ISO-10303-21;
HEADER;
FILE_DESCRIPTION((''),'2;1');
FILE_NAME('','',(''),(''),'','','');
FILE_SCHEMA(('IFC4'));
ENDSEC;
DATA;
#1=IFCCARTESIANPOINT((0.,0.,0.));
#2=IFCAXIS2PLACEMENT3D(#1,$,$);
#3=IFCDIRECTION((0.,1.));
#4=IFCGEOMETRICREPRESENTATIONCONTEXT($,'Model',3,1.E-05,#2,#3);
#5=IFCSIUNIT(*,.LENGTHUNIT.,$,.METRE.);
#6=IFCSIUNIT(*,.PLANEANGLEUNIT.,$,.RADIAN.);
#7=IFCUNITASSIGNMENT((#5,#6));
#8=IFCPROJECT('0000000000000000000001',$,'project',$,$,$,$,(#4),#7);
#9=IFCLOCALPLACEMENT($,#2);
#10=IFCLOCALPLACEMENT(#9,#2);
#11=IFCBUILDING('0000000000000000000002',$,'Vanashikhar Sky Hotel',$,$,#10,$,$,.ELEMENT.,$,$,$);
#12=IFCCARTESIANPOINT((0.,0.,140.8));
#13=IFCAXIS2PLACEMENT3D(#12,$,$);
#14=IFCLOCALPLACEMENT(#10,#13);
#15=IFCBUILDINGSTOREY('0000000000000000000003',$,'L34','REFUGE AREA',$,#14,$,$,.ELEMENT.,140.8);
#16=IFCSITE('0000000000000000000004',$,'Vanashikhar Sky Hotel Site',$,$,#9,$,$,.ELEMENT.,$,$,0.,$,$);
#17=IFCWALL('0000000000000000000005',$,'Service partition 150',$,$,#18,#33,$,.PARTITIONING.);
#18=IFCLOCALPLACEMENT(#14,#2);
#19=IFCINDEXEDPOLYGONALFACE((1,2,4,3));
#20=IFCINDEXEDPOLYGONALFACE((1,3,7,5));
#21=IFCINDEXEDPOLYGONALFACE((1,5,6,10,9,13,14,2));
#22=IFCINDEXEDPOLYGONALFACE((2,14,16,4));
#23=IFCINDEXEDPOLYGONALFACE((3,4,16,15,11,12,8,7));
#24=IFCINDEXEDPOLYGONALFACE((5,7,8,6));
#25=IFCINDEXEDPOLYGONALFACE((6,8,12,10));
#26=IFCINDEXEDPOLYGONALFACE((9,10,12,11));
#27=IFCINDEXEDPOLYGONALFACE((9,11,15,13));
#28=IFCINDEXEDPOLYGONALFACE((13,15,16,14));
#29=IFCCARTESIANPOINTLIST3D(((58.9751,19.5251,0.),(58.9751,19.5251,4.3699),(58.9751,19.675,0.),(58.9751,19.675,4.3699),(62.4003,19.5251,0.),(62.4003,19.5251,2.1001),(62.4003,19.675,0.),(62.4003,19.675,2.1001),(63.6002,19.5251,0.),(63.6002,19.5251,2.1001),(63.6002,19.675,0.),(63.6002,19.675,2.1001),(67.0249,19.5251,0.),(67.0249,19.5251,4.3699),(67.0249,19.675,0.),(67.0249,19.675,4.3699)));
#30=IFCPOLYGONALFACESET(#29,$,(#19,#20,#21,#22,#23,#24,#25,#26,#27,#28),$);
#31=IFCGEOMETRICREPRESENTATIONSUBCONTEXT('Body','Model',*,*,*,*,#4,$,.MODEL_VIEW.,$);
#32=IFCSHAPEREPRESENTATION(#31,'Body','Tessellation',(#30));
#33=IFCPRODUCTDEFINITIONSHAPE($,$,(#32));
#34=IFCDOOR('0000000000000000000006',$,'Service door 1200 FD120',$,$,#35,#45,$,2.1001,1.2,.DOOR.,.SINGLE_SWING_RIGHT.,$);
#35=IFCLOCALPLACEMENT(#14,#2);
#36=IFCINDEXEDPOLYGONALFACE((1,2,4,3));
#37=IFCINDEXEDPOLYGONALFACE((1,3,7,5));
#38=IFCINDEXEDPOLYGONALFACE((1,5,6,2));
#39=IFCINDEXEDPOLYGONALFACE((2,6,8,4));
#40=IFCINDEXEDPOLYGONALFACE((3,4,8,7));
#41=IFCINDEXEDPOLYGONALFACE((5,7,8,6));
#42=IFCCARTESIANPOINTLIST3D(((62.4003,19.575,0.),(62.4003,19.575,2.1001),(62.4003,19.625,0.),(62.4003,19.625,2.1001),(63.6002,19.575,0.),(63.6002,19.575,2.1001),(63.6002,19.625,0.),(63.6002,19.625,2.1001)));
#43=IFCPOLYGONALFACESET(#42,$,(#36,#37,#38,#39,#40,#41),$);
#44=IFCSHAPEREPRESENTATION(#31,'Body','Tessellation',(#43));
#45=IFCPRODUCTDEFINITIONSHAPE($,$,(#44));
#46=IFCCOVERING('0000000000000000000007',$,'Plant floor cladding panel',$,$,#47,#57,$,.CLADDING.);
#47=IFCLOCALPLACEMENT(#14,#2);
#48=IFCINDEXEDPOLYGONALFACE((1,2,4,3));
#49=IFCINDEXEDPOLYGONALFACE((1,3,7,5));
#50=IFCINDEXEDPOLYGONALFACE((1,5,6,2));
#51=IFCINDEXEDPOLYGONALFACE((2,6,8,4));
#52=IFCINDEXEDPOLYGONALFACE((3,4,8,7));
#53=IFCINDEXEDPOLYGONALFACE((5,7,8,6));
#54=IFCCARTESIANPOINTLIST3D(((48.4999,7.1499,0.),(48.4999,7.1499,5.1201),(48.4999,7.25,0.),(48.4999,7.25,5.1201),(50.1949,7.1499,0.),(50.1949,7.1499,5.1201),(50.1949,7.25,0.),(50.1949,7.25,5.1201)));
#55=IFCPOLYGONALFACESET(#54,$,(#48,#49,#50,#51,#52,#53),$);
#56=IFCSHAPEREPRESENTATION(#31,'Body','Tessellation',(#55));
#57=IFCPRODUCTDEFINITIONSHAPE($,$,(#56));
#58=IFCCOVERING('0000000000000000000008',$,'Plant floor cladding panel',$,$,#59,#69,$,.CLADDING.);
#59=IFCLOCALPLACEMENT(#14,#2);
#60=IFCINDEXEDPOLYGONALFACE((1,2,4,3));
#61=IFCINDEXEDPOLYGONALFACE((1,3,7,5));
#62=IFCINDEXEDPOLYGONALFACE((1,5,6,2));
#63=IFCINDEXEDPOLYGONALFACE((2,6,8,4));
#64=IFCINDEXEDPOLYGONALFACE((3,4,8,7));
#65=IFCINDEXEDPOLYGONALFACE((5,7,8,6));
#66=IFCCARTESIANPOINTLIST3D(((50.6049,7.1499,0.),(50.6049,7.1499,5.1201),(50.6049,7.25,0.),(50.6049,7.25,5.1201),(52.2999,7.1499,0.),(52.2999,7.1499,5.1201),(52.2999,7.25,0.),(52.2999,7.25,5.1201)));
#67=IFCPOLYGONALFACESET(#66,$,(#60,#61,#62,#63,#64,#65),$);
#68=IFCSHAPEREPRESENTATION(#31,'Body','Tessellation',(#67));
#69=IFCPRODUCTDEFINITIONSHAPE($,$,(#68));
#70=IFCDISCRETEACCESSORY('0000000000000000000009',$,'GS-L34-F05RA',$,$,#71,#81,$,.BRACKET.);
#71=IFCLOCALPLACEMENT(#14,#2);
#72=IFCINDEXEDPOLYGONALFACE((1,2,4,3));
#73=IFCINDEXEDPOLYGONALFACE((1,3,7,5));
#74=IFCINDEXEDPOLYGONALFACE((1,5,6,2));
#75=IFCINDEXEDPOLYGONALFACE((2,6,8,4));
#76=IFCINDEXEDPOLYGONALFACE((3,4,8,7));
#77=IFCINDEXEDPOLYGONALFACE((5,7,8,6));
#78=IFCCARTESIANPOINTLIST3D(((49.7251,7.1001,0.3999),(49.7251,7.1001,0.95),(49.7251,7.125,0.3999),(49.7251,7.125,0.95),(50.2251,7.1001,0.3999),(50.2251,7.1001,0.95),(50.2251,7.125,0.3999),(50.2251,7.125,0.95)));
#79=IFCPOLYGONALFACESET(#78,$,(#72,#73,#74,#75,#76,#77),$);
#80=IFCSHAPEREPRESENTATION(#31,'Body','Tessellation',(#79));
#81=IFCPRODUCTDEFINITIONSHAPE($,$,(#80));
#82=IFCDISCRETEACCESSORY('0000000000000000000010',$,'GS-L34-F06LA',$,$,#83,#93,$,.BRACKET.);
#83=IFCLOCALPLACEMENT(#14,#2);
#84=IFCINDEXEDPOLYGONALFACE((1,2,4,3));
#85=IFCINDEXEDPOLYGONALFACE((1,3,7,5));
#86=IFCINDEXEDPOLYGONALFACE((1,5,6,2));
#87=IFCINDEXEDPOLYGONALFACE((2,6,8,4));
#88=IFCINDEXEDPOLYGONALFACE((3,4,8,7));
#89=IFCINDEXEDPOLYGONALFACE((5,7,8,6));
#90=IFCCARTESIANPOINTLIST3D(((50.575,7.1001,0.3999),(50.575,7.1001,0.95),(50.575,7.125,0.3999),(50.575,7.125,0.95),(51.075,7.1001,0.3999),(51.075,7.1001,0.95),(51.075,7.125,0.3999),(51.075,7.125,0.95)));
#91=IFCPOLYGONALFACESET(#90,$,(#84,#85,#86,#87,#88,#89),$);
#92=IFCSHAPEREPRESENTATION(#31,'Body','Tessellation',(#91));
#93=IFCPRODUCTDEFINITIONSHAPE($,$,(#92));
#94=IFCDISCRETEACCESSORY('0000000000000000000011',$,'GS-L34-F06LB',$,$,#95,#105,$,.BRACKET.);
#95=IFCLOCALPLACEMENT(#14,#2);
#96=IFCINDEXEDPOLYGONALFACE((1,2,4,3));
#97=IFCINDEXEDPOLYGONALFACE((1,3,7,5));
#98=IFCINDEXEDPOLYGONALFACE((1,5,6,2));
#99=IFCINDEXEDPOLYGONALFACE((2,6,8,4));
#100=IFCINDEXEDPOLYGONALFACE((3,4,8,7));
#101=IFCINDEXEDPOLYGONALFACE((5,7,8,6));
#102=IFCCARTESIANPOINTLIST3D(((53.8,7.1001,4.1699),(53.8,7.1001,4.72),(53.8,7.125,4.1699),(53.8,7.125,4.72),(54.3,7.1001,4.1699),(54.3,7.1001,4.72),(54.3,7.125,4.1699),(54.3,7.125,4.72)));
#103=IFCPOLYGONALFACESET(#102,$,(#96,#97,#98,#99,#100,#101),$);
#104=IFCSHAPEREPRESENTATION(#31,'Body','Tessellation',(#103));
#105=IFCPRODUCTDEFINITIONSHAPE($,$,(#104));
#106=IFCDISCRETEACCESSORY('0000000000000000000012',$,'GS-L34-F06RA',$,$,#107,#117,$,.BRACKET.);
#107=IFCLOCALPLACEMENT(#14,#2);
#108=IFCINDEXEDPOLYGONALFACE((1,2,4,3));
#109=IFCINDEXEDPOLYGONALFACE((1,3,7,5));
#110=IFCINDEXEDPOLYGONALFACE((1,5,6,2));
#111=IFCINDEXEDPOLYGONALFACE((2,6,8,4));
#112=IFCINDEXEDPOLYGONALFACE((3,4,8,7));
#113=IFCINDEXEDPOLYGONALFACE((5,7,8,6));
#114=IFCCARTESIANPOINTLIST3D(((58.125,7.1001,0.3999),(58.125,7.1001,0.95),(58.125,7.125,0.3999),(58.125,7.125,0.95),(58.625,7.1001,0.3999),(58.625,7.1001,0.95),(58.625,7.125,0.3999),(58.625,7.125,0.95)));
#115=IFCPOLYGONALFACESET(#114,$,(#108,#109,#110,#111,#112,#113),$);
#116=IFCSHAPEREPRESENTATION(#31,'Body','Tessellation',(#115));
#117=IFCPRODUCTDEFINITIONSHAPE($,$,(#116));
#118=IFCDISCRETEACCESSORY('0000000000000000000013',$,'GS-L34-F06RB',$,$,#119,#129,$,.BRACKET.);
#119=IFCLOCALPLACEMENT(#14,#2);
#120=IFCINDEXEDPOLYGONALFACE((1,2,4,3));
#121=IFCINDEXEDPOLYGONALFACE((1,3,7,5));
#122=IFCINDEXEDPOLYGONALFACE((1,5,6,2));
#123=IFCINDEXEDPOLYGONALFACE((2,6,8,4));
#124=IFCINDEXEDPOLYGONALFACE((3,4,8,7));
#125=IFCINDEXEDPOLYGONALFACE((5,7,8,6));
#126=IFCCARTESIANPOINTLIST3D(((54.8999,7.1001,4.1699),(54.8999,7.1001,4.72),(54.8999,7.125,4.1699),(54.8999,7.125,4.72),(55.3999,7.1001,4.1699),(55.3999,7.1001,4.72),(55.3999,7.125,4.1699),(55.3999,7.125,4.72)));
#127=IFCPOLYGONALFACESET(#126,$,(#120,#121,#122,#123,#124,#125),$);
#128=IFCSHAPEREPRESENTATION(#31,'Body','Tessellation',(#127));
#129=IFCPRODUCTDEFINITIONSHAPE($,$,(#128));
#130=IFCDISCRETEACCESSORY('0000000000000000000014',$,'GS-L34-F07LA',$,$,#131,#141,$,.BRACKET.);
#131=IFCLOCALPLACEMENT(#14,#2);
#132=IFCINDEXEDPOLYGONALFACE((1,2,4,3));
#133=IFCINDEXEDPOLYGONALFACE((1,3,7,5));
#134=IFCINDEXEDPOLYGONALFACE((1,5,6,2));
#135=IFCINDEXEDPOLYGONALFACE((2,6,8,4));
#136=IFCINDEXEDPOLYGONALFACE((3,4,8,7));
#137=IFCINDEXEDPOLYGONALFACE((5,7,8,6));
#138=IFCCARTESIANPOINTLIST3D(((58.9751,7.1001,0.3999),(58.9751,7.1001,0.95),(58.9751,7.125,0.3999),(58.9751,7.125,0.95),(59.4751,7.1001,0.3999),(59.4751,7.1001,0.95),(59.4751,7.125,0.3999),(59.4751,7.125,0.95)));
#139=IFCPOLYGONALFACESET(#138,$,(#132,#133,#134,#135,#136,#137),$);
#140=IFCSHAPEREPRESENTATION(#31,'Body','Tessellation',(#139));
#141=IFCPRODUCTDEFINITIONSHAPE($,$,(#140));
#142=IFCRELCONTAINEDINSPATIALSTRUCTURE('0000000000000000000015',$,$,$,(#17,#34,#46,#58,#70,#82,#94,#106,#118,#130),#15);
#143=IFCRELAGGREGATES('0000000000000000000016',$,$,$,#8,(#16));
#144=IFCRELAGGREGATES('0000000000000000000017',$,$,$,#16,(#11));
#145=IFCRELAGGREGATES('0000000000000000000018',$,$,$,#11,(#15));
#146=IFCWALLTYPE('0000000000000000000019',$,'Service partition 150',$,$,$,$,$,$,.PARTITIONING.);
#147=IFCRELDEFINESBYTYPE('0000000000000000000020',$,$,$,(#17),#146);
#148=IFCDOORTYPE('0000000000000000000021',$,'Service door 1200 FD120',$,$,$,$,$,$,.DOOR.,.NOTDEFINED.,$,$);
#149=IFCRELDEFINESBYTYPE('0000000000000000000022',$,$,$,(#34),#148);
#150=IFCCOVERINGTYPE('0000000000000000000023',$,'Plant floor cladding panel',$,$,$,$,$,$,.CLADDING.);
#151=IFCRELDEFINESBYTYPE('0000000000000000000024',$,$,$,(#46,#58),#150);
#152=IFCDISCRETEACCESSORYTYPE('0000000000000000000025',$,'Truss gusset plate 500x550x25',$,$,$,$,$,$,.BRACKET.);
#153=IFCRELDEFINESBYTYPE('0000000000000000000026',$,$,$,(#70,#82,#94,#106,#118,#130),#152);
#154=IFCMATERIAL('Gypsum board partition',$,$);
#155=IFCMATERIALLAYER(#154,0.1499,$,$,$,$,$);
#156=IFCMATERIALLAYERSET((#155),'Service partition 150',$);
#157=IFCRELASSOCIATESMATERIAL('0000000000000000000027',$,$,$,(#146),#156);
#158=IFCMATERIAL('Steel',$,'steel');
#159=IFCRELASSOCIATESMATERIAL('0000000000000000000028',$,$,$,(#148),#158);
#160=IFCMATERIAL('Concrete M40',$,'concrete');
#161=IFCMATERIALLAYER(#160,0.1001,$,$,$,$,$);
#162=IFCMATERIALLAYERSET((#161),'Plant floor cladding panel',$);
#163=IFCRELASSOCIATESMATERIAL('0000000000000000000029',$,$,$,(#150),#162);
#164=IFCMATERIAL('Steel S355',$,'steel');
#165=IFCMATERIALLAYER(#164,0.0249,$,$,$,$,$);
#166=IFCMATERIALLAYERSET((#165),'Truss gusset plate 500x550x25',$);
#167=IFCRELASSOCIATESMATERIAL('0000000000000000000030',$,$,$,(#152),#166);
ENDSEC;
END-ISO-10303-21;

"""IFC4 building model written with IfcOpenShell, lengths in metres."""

from ifc_helpers import new_model, si_unit, direction, frame, frame_2d, origin, origin_2d, place, context, subcontext, project, spatial, rectangle, extrude, source, transform, mapped, material, layer, layer_set, type_object, element, fill, save


model = new_model("IFC4")

# Units and contexts
model_context = context("Model", 3, precision=1e-05, world=origin(), true_north=direction((0.0, 1.0)))
body_context = subcontext(model_context, "Body", "Model", "MODEL_VIEW")
ifc_project = project(units=[si_unit("LENGTHUNIT", "METRE"), si_unit("PLANEANGLEUNIT", "RADIAN")], contexts=[model_context])

# Site, building, storey
site_placement = place(None, origin())
site = spatial("IfcSite", under=ifc_project, at=site_placement, Name="Vanashikhar Sky Hotel Site", CompositionType="ELEMENT", RefElevation=0.0)
building_placement = place(site_placement, origin())
building = spatial("IfcBuilding", under=site, at=building_placement, Name="Vanashikhar Sky Hotel", CompositionType="ELEMENT")
storey_placement = place(building_placement, frame((0.0, 0.0, 140.8)))
storey = spatial("IfcBuildingStorey", under=building, at=storey_placement, Name="L34", Description="REFUGE AREA", CompositionType="ELEMENT", Elevation=140.8)

# Shared definitions
ifc_material_1 = material(Name="Steel", Category="steel")

# Shared definitions
ifc_material_2 = material(Name="Concrete M40", Category="concrete")

# Wall, opening, door
ifc_material_3 = material(Name="Gypsum board partition")
ifc_layer_1 = layer(ifc_material_3, 0.1499)
ifc_layer_set_1 = layer_set([ifc_layer_1], Name="Service partition 150")
wall_type_1 = type_object("IfcWallType", Name="Service partition 150", PredefinedType="PARTITIONING", material=ifc_layer_set_1)
shared_shape_1 = source(origin(), body_context, "Body", "SweptSolid", [
    extrude(rectangle(XDim=1.2, YDim=2.1001, at=frame_2d((0.6001, 1.05))), frame((0.0, 0.085, 0.0), z_axis=(0.0, -1.0, 0.0), x_axis=(1.0, 0.0, 0.0)), (0.0, 0.0, 1.0), 0.1699),
])
door_type_1 = type_object("IfcDoorType", Name="Service door 1200 FD120", OperationType="NOTDEFINED", PredefinedType="DOOR", material=ifc_material_1)
shared_shape_2 = source(origin(), body_context, "Body", "SweptSolid", [
    extrude(rectangle(XDim=1.2, YDim=2.1001, at=frame_2d((0.6001, 1.05))), frame((0.0, 0.0249, 0.0), z_axis=(0.0, -1.0, 0.0), x_axis=(1.0, 0.0, 0.0)), (0.0, 0.0, 1.0), 0.05),
])
shared_shape_3 = source(origin(), body_context, "Body", "SweptSolid", [
    extrude(rectangle(XDim=8.0498, YDim=0.1499, at=frame_2d((4.0249, 0.0))), origin(), (0.0, 0.0, 1.0), 4.3699),
])
wall_1_placement = place(storey_placement, frame((58.9751, 19.6001, 0.0), z_axis=(0.0, 0.0, 1.0), x_axis=(1.0, 0.0, 0.0)))
wall_1 = element("IfcWall", 1, at=wall_1_placement, inside=storey, type_object=wall_type_1, Name="Service partition 150", PredefinedType="PARTITIONING", context=body_context, shape_type="MappedRepresentation", body=[
    mapped(shared_shape_3, transform((0.0, 0.0, 0.0), scale=1.0)),
])
opening_1_placement = place(wall_1_placement, frame((3.425, 0.0, 0.0)))
opening_1 = element("IfcOpeningElement", 2, at=opening_1_placement, cuts=wall_1, PredefinedType="OPENING", context=body_context, shape_type="MappedRepresentation", body=[
    mapped(shared_shape_1, transform((0.0, 0.0, 0.0), scale=1.0)),
])
door_1_placement = place(opening_1_placement, origin())
door_1 = element("IfcDoor", 3, at=door_1_placement, inside=storey, type_object=door_type_1, Name="Service door 1200 FD120", OperationType="SINGLE_SWING_RIGHT", OverallHeight=2.1001, OverallWidth=1.2, PredefinedType="DOOR", context=body_context, shape_type="MappedRepresentation", body=[
    mapped(shared_shape_2, transform((0.0, 0.0, 0.0), scale=1.0)),
])
fill(opening_1, door_1)

# Coverings
ifc_layer_2 = layer(ifc_material_2, 0.1001)
ifc_layer_set_2 = layer_set([ifc_layer_2], Name="Plant floor cladding panel")
covering_type = type_object("IfcCoveringType", Name="Plant floor cladding panel", PredefinedType="CLADDING", material=ifc_layer_set_2)
shared_shape_4 = source(origin(), body_context, "Body", "SweptSolid", [
    extrude(rectangle(XDim=1.6951, YDim=0.1001, at=origin_2d()), origin(), (0.0, 0.0, 1.0), 5.1201),
])
for number, where, z_axis, x_axis, name in (
    (4, (49.3474, 7.2, 0.0), (0.0, 0.0, 1.0), (1.0, 0.0, 0.0), "Plant floor cladding panel"),
    (5, (51.4524, 7.2, 0.0), (0.0, 0.0, 1.0), (1.0, 0.0, 0.0), "Plant floor cladding panel"),
):
    element("IfcCovering", number, at=place(storey_placement, frame(where, z_axis=z_axis, x_axis=x_axis)), inside=storey, type_object=covering_type, Name=name, PredefinedType="CLADDING", context=body_context, shape_type="MappedRepresentation", body=[
        mapped(shared_shape_4, transform((0.0, 0.0, 0.0), scale=1.0)),
    ])

# Discrete accessories
ifc_material_4 = material(Name="Steel S355", Category="steel")
ifc_layer_3 = layer(ifc_material_4, 0.0249)
ifc_layer_set_3 = layer_set([ifc_layer_3], Name="Truss gusset plate 500x550x25")
discrete_accessory_type = type_object("IfcDiscreteAccessoryType", Name="Truss gusset plate 500x550x25", PredefinedType="BRACKET", material=ifc_layer_set_3)
shared_shape_5 = source(origin(), body_context, "Body", "SweptSolid", [
    extrude(rectangle(XDim=0.5, YDim=0.0249, at=origin_2d()), origin(), (0.0, 0.0, 1.0), 0.55),
])
for number, where, z_axis, x_axis, name in (
    (6, (49.9751, 7.1125, 0.3999), (0.0, 0.0, 1.0), (1.0, 0.0, 0.0), "GS-L34-F05RA"),
    (7, (50.825, 7.1125, 0.3999), (0.0, 0.0, 1.0), (1.0, 0.0, 0.0), "GS-L34-F06LA"),
    (8, (54.05, 7.1125, 4.1699), (0.0, 0.0, 1.0), (1.0, 0.0, 0.0), "GS-L34-F06LB"),
    (9, (58.375, 7.1125, 0.3999), (0.0, 0.0, 1.0), (1.0, 0.0, 0.0), "GS-L34-F06RA"),
    (10, (55.1499, 7.1125, 4.1699), (0.0, 0.0, 1.0), (1.0, 0.0, 0.0), "GS-L34-F06RB"),
    (11, (59.2251, 7.1125, 0.3999), (0.0, 0.0, 1.0), (1.0, 0.0, 0.0), "GS-L34-F07LA"),
):
    element("IfcDiscreteAccessory", number, at=place(storey_placement, frame(where, z_axis=z_axis, x_axis=x_axis)), inside=storey, type_object=discrete_accessory_type, Name=name, PredefinedType="BRACKET", context=body_context, shape_type="MappedRepresentation", body=[
        mapped(shared_shape_5, transform((0.0, 0.0, 0.0), scale=1.0)),
    ])

save(model, "model.ifc")
